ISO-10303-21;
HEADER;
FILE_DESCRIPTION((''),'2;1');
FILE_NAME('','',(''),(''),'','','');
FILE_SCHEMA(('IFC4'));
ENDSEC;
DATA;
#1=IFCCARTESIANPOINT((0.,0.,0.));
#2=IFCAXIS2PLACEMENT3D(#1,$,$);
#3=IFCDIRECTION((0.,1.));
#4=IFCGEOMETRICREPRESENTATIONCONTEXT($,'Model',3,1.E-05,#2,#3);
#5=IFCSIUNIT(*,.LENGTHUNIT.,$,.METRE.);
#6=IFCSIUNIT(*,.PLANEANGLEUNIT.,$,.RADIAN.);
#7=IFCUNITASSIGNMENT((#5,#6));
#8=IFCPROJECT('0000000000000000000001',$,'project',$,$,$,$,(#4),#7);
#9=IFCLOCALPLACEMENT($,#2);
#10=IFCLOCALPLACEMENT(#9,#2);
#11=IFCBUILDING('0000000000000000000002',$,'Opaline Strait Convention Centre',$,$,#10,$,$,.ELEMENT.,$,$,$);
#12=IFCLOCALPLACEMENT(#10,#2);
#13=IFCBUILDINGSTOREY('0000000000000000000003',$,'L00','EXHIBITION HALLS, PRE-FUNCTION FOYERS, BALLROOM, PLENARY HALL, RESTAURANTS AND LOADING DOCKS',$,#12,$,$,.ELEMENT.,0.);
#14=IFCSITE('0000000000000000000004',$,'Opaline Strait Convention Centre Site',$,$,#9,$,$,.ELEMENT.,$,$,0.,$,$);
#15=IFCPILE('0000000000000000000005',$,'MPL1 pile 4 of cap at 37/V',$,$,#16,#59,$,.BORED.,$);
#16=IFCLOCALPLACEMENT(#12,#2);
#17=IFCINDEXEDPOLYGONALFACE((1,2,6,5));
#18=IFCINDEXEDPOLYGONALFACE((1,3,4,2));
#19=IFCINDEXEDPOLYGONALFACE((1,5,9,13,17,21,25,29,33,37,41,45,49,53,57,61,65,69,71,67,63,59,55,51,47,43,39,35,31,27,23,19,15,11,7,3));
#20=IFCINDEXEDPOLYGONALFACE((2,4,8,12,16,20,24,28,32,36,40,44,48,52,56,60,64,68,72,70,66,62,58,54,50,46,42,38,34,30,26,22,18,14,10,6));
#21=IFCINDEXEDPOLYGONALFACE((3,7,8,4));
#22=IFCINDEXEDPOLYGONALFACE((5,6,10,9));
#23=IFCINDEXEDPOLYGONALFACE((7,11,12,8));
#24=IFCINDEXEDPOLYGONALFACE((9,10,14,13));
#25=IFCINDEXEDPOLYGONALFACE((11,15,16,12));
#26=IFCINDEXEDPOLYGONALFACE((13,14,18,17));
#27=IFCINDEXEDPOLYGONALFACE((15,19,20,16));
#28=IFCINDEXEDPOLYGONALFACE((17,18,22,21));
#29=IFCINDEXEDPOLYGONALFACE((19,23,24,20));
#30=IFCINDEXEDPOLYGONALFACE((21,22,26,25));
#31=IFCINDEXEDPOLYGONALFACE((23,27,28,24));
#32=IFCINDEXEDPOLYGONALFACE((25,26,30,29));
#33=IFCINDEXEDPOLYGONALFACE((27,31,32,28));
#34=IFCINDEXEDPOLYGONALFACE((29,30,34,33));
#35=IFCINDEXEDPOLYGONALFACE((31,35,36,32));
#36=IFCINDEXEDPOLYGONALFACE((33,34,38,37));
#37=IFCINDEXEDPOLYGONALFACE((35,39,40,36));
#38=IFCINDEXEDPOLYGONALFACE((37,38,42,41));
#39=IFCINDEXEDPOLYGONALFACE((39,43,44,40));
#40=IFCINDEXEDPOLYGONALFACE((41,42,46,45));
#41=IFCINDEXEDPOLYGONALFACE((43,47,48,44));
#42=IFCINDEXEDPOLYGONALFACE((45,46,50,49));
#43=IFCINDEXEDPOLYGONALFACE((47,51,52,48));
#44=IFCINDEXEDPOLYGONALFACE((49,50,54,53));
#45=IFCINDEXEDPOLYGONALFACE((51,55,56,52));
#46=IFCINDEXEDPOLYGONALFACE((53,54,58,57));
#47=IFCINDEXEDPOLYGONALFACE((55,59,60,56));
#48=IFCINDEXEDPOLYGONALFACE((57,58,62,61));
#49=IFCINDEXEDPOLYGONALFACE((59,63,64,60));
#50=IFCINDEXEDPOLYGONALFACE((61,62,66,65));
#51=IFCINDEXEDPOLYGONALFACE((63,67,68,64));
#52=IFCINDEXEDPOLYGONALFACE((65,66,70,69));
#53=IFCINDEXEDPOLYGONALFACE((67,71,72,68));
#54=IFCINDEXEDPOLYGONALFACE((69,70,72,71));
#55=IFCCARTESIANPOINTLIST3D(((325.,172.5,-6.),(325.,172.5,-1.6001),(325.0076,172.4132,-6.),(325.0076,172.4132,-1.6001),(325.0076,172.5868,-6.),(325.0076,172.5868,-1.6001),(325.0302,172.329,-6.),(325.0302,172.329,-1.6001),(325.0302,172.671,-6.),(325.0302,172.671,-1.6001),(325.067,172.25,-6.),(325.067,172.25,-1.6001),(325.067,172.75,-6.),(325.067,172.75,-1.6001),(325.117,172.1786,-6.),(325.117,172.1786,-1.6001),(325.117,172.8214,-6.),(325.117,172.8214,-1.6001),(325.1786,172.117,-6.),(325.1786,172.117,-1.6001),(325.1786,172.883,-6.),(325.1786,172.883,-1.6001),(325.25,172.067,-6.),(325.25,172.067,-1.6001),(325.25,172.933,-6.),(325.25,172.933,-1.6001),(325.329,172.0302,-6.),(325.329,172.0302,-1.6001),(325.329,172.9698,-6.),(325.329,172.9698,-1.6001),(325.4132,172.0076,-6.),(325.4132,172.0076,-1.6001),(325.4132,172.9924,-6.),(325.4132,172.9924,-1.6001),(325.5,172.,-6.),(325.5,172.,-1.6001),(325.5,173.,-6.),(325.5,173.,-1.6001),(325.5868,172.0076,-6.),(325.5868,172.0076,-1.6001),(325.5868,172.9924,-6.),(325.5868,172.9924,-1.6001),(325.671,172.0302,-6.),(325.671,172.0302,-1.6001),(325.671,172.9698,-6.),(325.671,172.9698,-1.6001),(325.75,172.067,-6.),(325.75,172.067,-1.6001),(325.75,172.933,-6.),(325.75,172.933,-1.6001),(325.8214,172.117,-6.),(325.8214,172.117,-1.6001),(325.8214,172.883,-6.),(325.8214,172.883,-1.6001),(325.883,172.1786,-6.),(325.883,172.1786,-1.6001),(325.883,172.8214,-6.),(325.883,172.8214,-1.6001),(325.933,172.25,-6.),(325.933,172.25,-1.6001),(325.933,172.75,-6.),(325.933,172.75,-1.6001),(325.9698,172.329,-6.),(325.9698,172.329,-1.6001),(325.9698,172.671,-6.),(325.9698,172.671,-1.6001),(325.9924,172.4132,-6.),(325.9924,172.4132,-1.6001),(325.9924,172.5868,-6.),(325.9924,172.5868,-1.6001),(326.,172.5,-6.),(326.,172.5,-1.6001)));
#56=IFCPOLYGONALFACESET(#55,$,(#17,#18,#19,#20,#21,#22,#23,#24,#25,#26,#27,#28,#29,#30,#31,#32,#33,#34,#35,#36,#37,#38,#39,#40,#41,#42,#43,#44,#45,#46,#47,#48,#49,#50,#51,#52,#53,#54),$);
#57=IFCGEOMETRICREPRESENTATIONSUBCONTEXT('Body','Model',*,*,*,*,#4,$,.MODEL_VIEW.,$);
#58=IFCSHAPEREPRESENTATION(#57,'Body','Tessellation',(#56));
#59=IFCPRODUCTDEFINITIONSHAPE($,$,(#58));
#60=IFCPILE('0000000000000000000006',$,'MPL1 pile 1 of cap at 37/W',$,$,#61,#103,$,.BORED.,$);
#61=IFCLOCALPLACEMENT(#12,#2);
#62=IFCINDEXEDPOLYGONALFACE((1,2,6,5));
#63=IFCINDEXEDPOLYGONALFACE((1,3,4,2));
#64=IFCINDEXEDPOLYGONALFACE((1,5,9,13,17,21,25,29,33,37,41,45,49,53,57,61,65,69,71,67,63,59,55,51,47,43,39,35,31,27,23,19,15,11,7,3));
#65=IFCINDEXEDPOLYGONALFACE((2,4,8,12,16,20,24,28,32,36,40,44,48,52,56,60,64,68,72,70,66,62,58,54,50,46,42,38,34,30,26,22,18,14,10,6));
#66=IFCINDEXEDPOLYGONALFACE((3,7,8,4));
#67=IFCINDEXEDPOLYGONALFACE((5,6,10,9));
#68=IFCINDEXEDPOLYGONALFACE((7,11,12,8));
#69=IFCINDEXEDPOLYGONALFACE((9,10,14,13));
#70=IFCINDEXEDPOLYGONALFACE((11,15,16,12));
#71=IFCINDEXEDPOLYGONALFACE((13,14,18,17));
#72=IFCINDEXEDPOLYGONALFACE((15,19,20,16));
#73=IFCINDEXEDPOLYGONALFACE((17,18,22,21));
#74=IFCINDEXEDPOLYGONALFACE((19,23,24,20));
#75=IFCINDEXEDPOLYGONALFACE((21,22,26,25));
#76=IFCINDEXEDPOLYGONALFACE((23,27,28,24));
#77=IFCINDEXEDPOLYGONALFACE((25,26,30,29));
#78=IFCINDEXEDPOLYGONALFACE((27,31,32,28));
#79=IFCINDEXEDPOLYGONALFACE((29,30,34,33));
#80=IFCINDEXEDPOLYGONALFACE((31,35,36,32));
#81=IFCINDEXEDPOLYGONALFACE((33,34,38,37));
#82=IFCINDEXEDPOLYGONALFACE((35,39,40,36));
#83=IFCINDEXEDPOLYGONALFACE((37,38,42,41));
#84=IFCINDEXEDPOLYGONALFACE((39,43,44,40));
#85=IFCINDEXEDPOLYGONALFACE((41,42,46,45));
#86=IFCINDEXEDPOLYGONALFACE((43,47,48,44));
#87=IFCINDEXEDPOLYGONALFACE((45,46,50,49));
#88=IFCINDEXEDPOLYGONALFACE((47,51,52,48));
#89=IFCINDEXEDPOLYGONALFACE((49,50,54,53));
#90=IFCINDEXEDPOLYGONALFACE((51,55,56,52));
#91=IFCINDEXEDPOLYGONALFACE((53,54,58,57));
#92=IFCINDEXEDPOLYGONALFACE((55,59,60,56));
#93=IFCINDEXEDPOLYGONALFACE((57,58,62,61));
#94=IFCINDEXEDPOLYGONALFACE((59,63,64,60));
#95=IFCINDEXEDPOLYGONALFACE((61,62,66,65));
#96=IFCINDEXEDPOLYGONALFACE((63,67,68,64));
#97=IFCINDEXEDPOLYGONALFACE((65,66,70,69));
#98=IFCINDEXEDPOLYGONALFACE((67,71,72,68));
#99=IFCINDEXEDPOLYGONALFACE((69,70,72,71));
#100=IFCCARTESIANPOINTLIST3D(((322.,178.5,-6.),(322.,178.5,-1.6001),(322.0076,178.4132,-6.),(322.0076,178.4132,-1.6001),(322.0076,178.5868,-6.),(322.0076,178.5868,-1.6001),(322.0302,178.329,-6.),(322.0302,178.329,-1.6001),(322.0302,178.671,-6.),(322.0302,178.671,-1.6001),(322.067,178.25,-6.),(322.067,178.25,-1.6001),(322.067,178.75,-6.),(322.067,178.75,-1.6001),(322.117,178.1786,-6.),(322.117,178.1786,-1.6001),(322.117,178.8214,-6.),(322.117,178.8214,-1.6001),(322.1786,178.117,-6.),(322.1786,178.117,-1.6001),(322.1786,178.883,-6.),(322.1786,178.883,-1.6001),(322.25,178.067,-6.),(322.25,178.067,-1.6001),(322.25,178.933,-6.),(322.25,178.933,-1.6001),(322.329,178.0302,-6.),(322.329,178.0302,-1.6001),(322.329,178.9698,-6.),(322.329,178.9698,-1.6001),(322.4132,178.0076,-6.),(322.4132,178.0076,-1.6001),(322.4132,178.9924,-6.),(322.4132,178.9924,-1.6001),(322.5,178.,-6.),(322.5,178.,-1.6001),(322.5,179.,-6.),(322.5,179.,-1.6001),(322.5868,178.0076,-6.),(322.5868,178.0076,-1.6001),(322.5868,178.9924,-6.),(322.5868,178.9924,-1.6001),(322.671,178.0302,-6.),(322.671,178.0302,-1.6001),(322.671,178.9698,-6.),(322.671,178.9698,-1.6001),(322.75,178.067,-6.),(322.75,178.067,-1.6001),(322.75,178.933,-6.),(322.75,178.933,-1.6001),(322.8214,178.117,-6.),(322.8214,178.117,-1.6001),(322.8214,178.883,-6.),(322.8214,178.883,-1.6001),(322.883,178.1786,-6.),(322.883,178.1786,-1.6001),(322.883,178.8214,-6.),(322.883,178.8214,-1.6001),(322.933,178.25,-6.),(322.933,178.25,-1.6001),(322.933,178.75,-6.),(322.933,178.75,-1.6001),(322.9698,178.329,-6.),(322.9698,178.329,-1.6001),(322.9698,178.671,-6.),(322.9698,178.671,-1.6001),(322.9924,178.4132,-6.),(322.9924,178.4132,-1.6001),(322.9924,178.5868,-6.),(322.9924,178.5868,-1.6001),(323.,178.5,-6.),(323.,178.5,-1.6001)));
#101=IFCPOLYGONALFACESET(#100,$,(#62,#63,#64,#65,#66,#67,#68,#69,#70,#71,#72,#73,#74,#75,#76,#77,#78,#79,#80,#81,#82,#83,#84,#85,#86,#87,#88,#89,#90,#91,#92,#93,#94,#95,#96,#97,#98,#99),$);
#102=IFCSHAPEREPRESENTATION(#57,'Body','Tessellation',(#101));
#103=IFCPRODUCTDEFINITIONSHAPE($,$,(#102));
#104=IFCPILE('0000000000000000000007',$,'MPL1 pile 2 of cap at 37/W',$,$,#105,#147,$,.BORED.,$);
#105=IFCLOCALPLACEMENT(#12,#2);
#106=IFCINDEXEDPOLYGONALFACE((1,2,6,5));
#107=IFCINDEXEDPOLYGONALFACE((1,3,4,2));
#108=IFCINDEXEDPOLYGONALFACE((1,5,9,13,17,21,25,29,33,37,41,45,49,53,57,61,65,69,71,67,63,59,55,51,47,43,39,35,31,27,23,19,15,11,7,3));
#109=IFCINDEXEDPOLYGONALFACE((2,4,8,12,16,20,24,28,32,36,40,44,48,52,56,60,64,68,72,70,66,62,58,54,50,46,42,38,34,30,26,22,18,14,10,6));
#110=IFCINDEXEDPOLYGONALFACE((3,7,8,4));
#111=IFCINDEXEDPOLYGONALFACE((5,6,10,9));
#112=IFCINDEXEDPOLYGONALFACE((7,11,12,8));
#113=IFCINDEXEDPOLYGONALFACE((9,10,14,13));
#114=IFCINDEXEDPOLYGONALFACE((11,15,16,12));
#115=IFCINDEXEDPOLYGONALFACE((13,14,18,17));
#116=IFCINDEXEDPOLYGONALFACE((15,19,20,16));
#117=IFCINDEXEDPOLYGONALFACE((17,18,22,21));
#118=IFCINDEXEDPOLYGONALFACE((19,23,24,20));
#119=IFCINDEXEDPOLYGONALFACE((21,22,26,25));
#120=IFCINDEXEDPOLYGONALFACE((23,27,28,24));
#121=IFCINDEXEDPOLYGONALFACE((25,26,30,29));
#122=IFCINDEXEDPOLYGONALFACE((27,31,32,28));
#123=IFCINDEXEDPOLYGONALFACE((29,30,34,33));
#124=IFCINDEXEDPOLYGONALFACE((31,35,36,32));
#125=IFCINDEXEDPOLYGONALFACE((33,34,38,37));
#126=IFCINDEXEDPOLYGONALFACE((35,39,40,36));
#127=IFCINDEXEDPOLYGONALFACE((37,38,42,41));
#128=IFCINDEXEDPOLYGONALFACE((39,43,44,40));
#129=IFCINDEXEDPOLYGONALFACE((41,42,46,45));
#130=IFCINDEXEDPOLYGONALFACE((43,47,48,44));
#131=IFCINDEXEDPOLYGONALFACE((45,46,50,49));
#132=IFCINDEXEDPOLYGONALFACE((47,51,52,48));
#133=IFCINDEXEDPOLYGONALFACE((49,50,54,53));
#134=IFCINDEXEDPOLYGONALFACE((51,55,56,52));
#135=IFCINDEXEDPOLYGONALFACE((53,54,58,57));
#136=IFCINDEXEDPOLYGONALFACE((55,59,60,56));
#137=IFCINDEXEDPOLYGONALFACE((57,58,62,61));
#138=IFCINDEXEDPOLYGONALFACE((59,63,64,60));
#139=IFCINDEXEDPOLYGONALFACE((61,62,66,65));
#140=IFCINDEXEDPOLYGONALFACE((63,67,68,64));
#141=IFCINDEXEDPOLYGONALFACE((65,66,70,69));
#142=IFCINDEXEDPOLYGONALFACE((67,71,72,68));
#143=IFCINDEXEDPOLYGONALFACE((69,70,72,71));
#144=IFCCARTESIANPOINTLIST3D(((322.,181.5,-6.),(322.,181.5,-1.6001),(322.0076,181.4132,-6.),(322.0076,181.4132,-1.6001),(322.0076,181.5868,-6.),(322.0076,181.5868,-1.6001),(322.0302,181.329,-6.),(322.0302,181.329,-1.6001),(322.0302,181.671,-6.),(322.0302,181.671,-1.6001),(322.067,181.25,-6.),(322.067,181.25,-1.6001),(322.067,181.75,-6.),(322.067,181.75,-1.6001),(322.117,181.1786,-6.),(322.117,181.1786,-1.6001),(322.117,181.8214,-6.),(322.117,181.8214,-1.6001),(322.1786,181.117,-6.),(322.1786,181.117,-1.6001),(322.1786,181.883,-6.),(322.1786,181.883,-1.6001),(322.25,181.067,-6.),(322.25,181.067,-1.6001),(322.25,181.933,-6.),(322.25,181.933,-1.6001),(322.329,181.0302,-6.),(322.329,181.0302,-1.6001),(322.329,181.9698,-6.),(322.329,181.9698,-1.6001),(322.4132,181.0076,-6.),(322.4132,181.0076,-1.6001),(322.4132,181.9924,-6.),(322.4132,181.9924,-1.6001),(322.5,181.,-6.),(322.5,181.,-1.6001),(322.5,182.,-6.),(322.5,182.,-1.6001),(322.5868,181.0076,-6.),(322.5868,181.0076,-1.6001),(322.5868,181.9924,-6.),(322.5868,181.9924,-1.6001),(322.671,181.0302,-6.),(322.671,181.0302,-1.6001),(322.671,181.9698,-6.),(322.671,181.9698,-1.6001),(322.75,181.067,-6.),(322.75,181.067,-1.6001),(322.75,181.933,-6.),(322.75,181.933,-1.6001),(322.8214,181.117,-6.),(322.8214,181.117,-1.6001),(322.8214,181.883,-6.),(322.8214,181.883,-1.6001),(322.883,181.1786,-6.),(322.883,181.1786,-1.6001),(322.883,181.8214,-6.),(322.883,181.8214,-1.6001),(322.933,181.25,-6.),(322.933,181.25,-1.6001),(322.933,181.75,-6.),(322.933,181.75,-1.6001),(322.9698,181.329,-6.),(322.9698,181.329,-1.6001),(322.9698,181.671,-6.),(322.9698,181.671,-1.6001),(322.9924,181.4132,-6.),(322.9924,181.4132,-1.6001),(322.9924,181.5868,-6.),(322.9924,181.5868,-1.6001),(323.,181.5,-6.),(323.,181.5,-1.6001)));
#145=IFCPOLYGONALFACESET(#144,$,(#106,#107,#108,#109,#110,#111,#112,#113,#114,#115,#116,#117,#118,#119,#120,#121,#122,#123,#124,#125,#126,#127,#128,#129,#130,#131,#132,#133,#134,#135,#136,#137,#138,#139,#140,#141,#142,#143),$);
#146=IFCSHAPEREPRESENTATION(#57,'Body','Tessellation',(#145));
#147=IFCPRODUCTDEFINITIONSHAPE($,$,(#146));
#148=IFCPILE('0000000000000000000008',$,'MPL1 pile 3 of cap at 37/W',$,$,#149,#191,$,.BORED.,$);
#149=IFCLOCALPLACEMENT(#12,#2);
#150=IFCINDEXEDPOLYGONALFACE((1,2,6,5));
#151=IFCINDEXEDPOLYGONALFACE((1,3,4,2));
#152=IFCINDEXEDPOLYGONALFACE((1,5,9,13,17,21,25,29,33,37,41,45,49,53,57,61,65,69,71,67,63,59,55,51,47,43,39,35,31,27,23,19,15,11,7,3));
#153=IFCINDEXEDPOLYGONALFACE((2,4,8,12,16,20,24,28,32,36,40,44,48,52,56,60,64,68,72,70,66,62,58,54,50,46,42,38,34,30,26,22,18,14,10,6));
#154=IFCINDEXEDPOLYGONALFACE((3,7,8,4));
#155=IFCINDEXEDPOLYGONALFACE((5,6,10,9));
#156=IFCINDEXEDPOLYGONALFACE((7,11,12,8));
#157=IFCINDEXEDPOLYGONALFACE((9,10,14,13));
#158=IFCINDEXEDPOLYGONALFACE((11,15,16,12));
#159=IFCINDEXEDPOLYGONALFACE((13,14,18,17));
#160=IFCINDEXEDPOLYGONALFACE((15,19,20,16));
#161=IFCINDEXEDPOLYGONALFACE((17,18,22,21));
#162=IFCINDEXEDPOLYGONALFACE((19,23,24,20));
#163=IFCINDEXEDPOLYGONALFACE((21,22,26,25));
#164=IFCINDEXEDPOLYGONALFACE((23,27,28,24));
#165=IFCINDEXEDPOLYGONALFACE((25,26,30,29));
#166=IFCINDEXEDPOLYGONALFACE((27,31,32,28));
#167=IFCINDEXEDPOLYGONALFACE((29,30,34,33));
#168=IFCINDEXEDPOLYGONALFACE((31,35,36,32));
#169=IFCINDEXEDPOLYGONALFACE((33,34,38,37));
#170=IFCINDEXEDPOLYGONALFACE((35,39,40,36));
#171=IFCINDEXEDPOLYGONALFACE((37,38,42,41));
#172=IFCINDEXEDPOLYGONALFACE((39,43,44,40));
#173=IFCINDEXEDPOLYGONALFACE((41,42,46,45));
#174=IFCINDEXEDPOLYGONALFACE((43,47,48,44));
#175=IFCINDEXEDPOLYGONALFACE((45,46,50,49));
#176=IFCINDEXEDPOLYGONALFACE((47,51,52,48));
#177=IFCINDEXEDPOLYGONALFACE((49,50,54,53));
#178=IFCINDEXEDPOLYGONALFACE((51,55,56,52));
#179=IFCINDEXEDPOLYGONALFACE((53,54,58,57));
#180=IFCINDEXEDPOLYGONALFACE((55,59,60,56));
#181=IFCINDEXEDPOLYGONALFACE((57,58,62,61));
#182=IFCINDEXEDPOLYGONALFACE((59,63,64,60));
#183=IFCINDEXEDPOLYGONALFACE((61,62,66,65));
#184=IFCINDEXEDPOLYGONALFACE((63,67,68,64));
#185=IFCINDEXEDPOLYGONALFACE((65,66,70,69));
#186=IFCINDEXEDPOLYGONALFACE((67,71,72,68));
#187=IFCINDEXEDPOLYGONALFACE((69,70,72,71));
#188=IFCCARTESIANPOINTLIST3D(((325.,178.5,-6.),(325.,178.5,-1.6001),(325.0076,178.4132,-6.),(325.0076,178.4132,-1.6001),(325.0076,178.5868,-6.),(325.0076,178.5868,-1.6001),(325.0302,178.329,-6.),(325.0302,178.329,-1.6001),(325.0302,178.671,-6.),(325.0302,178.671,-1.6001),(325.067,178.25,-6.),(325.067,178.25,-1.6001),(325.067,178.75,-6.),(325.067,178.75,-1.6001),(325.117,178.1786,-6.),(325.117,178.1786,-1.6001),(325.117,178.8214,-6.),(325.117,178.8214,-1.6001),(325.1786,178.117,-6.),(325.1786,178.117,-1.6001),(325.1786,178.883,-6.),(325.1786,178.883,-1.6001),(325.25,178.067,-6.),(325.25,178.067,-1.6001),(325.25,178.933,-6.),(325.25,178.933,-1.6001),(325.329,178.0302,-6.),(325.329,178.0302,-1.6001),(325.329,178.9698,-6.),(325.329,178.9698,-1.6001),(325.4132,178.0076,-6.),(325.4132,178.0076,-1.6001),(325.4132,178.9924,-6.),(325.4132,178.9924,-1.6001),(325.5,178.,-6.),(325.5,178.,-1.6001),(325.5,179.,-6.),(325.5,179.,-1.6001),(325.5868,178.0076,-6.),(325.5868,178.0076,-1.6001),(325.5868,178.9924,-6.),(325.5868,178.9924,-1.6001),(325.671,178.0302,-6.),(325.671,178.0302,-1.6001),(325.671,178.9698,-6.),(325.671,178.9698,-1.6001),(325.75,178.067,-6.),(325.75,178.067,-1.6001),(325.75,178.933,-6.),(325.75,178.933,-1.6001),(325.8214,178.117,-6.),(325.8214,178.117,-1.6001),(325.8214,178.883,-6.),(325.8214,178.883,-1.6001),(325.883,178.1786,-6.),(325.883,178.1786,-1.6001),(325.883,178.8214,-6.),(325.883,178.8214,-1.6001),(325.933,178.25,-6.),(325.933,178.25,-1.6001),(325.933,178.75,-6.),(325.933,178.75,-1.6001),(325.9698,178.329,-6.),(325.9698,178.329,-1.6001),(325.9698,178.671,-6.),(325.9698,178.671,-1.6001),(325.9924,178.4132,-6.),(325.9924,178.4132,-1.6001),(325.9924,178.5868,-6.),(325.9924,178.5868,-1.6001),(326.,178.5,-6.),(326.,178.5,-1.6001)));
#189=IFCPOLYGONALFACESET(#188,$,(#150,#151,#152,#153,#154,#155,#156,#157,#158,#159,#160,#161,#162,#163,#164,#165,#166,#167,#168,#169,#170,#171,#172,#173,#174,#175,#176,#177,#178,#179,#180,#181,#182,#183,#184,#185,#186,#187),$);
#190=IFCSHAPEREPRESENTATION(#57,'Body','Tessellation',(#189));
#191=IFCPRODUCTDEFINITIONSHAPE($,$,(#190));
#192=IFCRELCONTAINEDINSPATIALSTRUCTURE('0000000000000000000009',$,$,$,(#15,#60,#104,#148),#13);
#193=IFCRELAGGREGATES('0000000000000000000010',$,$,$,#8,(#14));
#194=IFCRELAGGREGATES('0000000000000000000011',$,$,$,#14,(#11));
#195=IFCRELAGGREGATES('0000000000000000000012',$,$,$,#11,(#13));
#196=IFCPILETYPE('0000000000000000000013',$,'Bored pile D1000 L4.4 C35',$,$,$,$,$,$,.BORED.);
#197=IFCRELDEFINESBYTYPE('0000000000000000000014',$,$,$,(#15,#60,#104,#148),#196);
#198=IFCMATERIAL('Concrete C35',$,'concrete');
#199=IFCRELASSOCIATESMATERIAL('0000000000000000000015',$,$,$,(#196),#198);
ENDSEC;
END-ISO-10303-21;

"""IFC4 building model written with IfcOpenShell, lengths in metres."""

from ifc_helpers import new_model, si_unit, direction, frame, origin, origin_2d, place, context, subcontext, project, spatial, circle, extrude, material, material_profile, profile_set, type_object, element, save


model = new_model("IFC4")

# Units and contexts
model_context = context("Model", 3, precision=1e-05, world=origin(), true_north=direction((0.0, 1.0)))
body_context = subcontext(model_context, "Body", "Model", "MODEL_VIEW")
ifc_project = project(units=[si_unit("LENGTHUNIT", "METRE"), si_unit("PLANEANGLEUNIT", "RADIAN")], contexts=[model_context])

# Site, building, storey
site_placement = place(None, origin())
site = spatial("IfcSite", under=ifc_project, at=site_placement, Name="Opaline Strait Convention Centre Site", CompositionType="ELEMENT", RefElevation=0.0)
building_placement = place(site_placement, origin())
building = spatial("IfcBuilding", under=site, at=building_placement, Name="Opaline Strait Convention Centre", CompositionType="ELEMENT")
storey_placement = place(building_placement, origin())
storey = spatial("IfcBuildingStorey", under=building, at=storey_placement, Name="L00", Description="EXHIBITION HALLS, PRE-FUNCTION FOYERS, BALLROOM, PLENARY HALL, RESTAURANTS AND LOADING DOCKS", CompositionType="ELEMENT", Elevation=0.0)

# Piles
ifc_material_1 = material(Name="Concrete C35", Category="concrete")
ifc_material_profile_1 = material_profile(ifc_material_1, circle(Radius=0.5, at=origin_2d()), Name="D1000")
ifc_profile_set_1 = profile_set([ifc_material_profile_1], Name="Concrete C35")
pile_type = type_object("IfcPileType", Name="Bored pile D1000 L4.4 C35", PredefinedType="BORED", material=ifc_profile_set_1)
for number, where, z_axis, x_axis, name in (
    (1, (325.5, 172.5, -1.6001), (0.0, 0.0, -1.0), (1.0, 0.0, 0.0), "MPL1 pile 4 of cap at 37/V"),
    (2, (322.5, 178.5, -1.6001), (0.0, 0.0, -1.0), (1.0, 0.0, 0.0), "MPL1 pile 1 of cap at 37/W"),
    (3, (322.5, 181.5, -1.6001), (0.0, 0.0, -1.0), (1.0, 0.0, 0.0), "MPL1 pile 2 of cap at 37/W"),
    (4, (325.5, 178.5, -1.6001), (0.0, 0.0, -1.0), (1.0, 0.0, 0.0), "MPL1 pile 3 of cap at 37/W"),
):
    element("IfcPile", number, at=place(storey_placement, frame(where, z_axis=z_axis, x_axis=x_axis)), inside=storey, type_object=pile_type, Name=name, PredefinedType="BORED", context=body_context, shape_type="SweptSolid", body=[
        extrude(circle(Radius=0.5, at=origin_2d()), origin(), (0.0, 0.0, 1.0), 4.3999),
    ])

save(model, "model.ifc")
